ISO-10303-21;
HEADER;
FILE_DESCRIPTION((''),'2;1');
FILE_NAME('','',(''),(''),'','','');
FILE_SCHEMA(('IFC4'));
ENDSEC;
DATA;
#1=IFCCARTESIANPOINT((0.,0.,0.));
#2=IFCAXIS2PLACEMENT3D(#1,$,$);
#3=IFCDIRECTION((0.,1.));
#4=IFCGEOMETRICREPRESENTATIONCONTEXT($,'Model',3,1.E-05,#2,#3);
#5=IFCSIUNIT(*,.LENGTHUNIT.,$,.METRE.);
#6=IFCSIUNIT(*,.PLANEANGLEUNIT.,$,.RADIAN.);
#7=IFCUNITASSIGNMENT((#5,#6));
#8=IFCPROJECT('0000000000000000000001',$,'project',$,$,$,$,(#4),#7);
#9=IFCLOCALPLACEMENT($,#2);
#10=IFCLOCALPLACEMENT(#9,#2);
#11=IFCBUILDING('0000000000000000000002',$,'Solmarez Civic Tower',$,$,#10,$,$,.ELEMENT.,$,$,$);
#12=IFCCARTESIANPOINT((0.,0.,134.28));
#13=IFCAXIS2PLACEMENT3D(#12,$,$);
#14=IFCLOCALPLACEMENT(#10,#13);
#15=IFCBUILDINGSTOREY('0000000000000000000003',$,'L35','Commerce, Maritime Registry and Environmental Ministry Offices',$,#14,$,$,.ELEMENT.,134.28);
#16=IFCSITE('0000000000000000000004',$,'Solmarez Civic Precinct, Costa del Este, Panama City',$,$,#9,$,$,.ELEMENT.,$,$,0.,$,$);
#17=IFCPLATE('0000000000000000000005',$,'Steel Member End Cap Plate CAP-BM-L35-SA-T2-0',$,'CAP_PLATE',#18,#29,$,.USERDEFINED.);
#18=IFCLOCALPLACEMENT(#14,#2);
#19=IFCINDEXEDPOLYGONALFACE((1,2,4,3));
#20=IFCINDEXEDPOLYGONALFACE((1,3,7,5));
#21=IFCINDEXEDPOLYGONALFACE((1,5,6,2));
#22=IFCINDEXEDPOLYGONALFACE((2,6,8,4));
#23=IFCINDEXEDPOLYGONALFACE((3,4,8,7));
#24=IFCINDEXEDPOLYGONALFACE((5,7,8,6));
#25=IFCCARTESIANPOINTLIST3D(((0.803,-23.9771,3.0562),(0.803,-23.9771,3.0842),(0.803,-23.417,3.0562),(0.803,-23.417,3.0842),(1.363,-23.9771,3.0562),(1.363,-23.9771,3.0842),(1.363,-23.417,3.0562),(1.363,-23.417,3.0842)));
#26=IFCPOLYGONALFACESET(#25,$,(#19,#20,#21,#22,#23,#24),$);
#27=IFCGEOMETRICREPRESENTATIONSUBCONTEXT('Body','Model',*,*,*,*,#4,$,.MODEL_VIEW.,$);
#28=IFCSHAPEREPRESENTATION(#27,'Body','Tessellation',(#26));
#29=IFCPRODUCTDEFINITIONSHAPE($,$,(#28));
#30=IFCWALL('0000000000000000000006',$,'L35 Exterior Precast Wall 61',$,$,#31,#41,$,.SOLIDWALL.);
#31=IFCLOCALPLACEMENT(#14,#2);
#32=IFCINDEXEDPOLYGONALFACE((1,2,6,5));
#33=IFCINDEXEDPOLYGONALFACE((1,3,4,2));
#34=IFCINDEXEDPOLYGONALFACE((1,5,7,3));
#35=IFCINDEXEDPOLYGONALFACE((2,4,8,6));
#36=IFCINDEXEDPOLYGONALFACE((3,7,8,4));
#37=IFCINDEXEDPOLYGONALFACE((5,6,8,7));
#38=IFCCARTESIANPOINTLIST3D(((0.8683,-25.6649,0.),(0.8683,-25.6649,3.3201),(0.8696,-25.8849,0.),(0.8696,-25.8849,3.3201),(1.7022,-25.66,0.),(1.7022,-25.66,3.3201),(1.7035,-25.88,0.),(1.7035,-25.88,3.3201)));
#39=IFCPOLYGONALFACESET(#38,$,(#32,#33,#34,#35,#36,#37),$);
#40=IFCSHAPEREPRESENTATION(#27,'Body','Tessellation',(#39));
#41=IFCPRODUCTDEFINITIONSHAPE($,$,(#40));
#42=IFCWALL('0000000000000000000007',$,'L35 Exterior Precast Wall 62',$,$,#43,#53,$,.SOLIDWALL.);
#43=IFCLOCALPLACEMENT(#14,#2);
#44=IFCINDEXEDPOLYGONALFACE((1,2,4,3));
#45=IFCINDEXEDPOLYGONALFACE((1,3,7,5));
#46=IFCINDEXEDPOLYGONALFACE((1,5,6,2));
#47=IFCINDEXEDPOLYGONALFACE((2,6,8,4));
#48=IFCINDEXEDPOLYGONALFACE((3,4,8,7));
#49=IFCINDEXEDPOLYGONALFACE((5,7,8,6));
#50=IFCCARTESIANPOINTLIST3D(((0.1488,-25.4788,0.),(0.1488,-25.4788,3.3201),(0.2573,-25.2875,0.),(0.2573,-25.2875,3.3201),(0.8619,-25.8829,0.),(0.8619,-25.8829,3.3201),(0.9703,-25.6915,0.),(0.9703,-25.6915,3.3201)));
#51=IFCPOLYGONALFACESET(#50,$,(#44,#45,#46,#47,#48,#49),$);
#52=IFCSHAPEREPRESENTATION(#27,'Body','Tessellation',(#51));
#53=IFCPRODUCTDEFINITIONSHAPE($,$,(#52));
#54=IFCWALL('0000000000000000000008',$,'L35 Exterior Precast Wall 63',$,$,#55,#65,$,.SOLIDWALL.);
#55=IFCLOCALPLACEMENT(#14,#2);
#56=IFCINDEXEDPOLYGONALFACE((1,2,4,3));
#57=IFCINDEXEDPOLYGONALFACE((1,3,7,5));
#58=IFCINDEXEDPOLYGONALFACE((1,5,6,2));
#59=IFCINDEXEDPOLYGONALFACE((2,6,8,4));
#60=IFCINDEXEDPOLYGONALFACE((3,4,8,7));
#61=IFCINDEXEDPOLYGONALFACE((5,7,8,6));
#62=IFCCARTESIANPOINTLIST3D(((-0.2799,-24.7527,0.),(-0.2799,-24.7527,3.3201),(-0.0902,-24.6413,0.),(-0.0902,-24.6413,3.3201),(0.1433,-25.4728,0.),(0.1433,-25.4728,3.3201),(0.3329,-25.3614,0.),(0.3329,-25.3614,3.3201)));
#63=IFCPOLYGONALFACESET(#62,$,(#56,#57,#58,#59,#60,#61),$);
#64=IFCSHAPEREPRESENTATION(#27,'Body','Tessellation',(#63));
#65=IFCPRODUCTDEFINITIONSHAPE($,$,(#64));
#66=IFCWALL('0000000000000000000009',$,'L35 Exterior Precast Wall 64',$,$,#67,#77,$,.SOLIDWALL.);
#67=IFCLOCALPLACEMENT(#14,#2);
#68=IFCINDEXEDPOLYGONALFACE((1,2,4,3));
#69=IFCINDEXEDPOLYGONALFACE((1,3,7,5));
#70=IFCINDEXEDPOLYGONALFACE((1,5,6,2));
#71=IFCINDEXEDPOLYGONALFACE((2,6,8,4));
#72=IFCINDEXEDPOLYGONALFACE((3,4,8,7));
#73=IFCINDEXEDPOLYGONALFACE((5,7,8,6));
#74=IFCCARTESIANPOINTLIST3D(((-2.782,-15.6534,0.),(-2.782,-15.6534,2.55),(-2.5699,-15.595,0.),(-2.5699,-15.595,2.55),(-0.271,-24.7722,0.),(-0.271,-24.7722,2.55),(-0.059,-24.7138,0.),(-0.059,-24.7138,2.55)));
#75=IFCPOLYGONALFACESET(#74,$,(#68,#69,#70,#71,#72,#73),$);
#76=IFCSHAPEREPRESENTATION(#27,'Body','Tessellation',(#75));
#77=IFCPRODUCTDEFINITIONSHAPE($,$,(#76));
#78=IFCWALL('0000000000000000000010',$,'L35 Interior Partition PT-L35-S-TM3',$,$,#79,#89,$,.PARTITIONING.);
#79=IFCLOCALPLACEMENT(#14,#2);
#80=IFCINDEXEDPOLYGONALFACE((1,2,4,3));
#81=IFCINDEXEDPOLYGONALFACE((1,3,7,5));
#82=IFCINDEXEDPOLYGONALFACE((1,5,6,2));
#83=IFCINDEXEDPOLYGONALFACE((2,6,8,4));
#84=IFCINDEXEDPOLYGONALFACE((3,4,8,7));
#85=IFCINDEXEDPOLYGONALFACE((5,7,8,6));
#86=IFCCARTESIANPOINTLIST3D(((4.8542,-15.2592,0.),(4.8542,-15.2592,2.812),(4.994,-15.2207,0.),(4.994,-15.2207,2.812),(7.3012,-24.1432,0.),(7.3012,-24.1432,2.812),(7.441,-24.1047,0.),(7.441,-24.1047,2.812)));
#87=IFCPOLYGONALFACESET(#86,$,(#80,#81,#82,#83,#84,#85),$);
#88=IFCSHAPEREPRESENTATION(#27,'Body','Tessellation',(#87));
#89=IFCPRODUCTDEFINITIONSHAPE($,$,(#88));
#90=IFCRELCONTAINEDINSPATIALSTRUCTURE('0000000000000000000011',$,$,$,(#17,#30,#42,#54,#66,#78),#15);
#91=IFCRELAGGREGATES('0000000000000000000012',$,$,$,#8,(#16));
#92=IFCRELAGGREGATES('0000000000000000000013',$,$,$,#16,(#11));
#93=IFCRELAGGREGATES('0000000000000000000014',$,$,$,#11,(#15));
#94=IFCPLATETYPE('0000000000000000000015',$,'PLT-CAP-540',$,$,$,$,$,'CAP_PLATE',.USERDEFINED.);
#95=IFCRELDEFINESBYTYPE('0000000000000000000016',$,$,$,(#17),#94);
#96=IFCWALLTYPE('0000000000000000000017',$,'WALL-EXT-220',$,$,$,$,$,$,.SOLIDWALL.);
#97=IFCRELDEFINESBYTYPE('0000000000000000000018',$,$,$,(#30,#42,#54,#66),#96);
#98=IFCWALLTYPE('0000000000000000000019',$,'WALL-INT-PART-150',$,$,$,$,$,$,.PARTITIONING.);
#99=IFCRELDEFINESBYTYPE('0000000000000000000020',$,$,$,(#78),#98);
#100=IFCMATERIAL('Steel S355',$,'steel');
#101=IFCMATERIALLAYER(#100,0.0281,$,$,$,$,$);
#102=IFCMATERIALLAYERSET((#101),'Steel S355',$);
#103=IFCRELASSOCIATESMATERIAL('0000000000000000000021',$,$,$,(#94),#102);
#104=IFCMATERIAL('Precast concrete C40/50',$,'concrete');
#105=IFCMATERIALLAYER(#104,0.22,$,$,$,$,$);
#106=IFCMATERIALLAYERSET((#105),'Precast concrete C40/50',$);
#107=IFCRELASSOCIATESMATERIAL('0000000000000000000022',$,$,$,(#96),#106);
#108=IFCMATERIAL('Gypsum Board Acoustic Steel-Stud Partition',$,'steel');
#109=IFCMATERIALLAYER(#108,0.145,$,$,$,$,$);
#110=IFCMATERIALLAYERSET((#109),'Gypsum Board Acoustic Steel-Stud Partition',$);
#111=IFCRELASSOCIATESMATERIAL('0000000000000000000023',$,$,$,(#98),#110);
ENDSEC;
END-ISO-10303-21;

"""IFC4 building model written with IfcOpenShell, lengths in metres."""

from ifc_helpers import new_model, si_unit, direction, frame, frame_2d, origin, origin_2d, place, context, subcontext, project, spatial, rectangle, extrude, material, layer, layer_set, type_object, element, save


model = new_model("IFC4")

# Units and contexts
model_context = context("Model", 3, precision=1e-05, world=origin(), true_north=direction((0.0, 1.0)))
body_context = subcontext(model_context, "Body", "Model", "MODEL_VIEW")
ifc_project = project(units=[si_unit("LENGTHUNIT", "METRE"), si_unit("PLANEANGLEUNIT", "RADIAN")], contexts=[model_context])

# Site, building, storey
site_placement = place(None, origin())
site = spatial("IfcSite", under=ifc_project, at=site_placement, Name="Solmarez Civic Precinct, Costa del Este, Panama City", CompositionType="ELEMENT", RefElevation=0.0)
building_placement = place(site_placement, origin())
building = spatial("IfcBuilding", under=site, at=building_placement, Name="Solmarez Civic Tower", CompositionType="ELEMENT")
storey_placement = place(building_placement, frame((0.0, 0.0, 134.28)))
storey = spatial("IfcBuildingStorey", under=building, at=storey_placement, Name="L35", Description="Commerce, Maritime Registry and Environmental Ministry Offices", CompositionType="ELEMENT", Elevation=134.28)

# Shared definitions
ifc_material_1 = material(Name="Steel S355", Category="steel")

# Plate
ifc_layer_1 = layer(ifc_material_1, 0.0281)
ifc_layer_set_1 = layer_set([ifc_layer_1], Name="Steel S355")
plate_type_1 = type_object("IfcPlateType", Name="PLT-CAP-540", ElementType="CAP_PLATE", PredefinedType="USERDEFINED", material=ifc_layer_set_1)
plate_placement = place(storey_placement, frame((1.083, -23.697, 3.0562), z_axis=(0.0, 0.0, 1.0), x_axis=(1.0, 0.0, 0.0)))
element("IfcPlate", 1, at=plate_placement, inside=storey, type_object=plate_type_1, Name="Steel Member End Cap Plate CAP-BM-L35-SA-T2-0", ObjectType="CAP_PLATE", PredefinedType="USERDEFINED", context=body_context, shape_type="SweptSolid", body=[
    extrude(rectangle(XDim=0.5601, YDim=0.5601, at=origin_2d()), origin(), (0.0, 0.0, 1.0), 0.0281),
])

# Walls
ifc_material_2 = material(Name="Precast concrete C40/50", Category="concrete")
ifc_layer_2 = layer(ifc_material_2, 0.22)
ifc_layer_set_2 = layer_set([ifc_layer_2], Name="Precast concrete C40/50")
wall_type_1 = type_object("IfcWallType", Name="WALL-EXT-220", PredefinedType="SOLIDWALL", material=ifc_layer_set_2)
wall_1_placement = place(storey_placement, frame((1.7029, -25.77, 0.0), z_axis=(0.0, 0.0, 1.0), x_axis=(-0.999983, -0.005855, 0.0)))
element("IfcWall", 2, at=wall_1_placement, inside=storey, type_object=wall_type_1, Name="L35 Exterior Precast Wall 61", PredefinedType="SOLIDWALL", context=body_context, shape_type="SweptSolid", body=[
    extrude(rectangle(XDim=0.834, YDim=0.22, at=frame_2d((0.417, 0.0))), origin(), (0.0, 0.0, 1.0), 3.3201),
])
wall_2_placement = place(storey_placement, frame((0.916, -25.7871, 0.0), z_axis=(0.0, 0.0, 1.0), x_axis=(-0.870052, 0.49296, 0.0)))
element("IfcWall", 3, at=wall_2_placement, inside=storey, type_object=wall_type_1, Name="L35 Exterior Precast Wall 62", PredefinedType="SOLIDWALL", context=body_context, shape_type="SweptSolid", body=[
    extrude(rectangle(XDim=0.8196, YDim=0.22, at=frame_2d((0.4097, 0.0))), origin(), (0.0, 0.0, 1.0), 3.3201),
])
wall_3_placement = place(storey_placement, frame((0.238, -25.417, 0.0), z_axis=(0.0, 0.0, 1.0), x_axis=(-0.50665, 0.862152, 0.0)))
element("IfcWall", 4, at=wall_3_placement, inside=storey, type_object=wall_type_1, Name="L35 Exterior Precast Wall 63", PredefinedType="SOLIDWALL", context=body_context, shape_type="SweptSolid", body=[
    extrude(rectangle(XDim=0.8352, YDim=0.22, at=frame_2d((0.4175, 0.0))), origin(), (0.0, 0.0, 1.0), 3.3201),
])
wall_4_placement = place(storey_placement, frame((-0.165, -24.7429, 0.0), z_axis=(0.0, 0.0, 1.0), x_axis=(-0.26548, 0.964116, 0.0)))
element("IfcWall", 5, at=wall_4_placement, inside=storey, type_object=wall_type_1, Name="L35 Exterior Precast Wall 64", PredefinedType="SOLIDWALL", context=body_context, shape_type="SweptSolid", body=[
    extrude(rectangle(XDim=9.4583, YDim=0.22, at=frame_2d((4.729, 0.0))), origin(), (0.0, 0.0, 1.0), 2.55),
])
ifc_material_3 = material(Name="Gypsum Board Acoustic Steel-Stud Partition", Category="steel")
ifc_layer_3 = layer(ifc_material_3, 0.145)
ifc_layer_set_3 = layer_set([ifc_layer_3], Name="Gypsum Board Acoustic Steel-Stud Partition")
wall_type_2 = type_object("IfcWallType", Name="WALL-INT-PART-150", PredefinedType="PARTITIONING", material=ifc_layer_set_3)
wall_5_placement = place(storey_placement, frame((4.9241, -15.24, 0.0), z_axis=(0.0, 0.0, 1.0), x_axis=(0.265551, -0.964097, 0.0)))
element("IfcWall", 6, at=wall_5_placement, inside=storey, type_object=wall_type_2, Name="L35 Interior Partition PT-L35-S-TM3", PredefinedType="PARTITIONING", context=body_context, shape_type="SweptSolid", body=[
    extrude(rectangle(XDim=9.2148, YDim=0.145, at=frame_2d((4.6074, 0.0))), origin(), (0.0, 0.0, 1.0), 2.812),
])

save(model, "model.ifc")
